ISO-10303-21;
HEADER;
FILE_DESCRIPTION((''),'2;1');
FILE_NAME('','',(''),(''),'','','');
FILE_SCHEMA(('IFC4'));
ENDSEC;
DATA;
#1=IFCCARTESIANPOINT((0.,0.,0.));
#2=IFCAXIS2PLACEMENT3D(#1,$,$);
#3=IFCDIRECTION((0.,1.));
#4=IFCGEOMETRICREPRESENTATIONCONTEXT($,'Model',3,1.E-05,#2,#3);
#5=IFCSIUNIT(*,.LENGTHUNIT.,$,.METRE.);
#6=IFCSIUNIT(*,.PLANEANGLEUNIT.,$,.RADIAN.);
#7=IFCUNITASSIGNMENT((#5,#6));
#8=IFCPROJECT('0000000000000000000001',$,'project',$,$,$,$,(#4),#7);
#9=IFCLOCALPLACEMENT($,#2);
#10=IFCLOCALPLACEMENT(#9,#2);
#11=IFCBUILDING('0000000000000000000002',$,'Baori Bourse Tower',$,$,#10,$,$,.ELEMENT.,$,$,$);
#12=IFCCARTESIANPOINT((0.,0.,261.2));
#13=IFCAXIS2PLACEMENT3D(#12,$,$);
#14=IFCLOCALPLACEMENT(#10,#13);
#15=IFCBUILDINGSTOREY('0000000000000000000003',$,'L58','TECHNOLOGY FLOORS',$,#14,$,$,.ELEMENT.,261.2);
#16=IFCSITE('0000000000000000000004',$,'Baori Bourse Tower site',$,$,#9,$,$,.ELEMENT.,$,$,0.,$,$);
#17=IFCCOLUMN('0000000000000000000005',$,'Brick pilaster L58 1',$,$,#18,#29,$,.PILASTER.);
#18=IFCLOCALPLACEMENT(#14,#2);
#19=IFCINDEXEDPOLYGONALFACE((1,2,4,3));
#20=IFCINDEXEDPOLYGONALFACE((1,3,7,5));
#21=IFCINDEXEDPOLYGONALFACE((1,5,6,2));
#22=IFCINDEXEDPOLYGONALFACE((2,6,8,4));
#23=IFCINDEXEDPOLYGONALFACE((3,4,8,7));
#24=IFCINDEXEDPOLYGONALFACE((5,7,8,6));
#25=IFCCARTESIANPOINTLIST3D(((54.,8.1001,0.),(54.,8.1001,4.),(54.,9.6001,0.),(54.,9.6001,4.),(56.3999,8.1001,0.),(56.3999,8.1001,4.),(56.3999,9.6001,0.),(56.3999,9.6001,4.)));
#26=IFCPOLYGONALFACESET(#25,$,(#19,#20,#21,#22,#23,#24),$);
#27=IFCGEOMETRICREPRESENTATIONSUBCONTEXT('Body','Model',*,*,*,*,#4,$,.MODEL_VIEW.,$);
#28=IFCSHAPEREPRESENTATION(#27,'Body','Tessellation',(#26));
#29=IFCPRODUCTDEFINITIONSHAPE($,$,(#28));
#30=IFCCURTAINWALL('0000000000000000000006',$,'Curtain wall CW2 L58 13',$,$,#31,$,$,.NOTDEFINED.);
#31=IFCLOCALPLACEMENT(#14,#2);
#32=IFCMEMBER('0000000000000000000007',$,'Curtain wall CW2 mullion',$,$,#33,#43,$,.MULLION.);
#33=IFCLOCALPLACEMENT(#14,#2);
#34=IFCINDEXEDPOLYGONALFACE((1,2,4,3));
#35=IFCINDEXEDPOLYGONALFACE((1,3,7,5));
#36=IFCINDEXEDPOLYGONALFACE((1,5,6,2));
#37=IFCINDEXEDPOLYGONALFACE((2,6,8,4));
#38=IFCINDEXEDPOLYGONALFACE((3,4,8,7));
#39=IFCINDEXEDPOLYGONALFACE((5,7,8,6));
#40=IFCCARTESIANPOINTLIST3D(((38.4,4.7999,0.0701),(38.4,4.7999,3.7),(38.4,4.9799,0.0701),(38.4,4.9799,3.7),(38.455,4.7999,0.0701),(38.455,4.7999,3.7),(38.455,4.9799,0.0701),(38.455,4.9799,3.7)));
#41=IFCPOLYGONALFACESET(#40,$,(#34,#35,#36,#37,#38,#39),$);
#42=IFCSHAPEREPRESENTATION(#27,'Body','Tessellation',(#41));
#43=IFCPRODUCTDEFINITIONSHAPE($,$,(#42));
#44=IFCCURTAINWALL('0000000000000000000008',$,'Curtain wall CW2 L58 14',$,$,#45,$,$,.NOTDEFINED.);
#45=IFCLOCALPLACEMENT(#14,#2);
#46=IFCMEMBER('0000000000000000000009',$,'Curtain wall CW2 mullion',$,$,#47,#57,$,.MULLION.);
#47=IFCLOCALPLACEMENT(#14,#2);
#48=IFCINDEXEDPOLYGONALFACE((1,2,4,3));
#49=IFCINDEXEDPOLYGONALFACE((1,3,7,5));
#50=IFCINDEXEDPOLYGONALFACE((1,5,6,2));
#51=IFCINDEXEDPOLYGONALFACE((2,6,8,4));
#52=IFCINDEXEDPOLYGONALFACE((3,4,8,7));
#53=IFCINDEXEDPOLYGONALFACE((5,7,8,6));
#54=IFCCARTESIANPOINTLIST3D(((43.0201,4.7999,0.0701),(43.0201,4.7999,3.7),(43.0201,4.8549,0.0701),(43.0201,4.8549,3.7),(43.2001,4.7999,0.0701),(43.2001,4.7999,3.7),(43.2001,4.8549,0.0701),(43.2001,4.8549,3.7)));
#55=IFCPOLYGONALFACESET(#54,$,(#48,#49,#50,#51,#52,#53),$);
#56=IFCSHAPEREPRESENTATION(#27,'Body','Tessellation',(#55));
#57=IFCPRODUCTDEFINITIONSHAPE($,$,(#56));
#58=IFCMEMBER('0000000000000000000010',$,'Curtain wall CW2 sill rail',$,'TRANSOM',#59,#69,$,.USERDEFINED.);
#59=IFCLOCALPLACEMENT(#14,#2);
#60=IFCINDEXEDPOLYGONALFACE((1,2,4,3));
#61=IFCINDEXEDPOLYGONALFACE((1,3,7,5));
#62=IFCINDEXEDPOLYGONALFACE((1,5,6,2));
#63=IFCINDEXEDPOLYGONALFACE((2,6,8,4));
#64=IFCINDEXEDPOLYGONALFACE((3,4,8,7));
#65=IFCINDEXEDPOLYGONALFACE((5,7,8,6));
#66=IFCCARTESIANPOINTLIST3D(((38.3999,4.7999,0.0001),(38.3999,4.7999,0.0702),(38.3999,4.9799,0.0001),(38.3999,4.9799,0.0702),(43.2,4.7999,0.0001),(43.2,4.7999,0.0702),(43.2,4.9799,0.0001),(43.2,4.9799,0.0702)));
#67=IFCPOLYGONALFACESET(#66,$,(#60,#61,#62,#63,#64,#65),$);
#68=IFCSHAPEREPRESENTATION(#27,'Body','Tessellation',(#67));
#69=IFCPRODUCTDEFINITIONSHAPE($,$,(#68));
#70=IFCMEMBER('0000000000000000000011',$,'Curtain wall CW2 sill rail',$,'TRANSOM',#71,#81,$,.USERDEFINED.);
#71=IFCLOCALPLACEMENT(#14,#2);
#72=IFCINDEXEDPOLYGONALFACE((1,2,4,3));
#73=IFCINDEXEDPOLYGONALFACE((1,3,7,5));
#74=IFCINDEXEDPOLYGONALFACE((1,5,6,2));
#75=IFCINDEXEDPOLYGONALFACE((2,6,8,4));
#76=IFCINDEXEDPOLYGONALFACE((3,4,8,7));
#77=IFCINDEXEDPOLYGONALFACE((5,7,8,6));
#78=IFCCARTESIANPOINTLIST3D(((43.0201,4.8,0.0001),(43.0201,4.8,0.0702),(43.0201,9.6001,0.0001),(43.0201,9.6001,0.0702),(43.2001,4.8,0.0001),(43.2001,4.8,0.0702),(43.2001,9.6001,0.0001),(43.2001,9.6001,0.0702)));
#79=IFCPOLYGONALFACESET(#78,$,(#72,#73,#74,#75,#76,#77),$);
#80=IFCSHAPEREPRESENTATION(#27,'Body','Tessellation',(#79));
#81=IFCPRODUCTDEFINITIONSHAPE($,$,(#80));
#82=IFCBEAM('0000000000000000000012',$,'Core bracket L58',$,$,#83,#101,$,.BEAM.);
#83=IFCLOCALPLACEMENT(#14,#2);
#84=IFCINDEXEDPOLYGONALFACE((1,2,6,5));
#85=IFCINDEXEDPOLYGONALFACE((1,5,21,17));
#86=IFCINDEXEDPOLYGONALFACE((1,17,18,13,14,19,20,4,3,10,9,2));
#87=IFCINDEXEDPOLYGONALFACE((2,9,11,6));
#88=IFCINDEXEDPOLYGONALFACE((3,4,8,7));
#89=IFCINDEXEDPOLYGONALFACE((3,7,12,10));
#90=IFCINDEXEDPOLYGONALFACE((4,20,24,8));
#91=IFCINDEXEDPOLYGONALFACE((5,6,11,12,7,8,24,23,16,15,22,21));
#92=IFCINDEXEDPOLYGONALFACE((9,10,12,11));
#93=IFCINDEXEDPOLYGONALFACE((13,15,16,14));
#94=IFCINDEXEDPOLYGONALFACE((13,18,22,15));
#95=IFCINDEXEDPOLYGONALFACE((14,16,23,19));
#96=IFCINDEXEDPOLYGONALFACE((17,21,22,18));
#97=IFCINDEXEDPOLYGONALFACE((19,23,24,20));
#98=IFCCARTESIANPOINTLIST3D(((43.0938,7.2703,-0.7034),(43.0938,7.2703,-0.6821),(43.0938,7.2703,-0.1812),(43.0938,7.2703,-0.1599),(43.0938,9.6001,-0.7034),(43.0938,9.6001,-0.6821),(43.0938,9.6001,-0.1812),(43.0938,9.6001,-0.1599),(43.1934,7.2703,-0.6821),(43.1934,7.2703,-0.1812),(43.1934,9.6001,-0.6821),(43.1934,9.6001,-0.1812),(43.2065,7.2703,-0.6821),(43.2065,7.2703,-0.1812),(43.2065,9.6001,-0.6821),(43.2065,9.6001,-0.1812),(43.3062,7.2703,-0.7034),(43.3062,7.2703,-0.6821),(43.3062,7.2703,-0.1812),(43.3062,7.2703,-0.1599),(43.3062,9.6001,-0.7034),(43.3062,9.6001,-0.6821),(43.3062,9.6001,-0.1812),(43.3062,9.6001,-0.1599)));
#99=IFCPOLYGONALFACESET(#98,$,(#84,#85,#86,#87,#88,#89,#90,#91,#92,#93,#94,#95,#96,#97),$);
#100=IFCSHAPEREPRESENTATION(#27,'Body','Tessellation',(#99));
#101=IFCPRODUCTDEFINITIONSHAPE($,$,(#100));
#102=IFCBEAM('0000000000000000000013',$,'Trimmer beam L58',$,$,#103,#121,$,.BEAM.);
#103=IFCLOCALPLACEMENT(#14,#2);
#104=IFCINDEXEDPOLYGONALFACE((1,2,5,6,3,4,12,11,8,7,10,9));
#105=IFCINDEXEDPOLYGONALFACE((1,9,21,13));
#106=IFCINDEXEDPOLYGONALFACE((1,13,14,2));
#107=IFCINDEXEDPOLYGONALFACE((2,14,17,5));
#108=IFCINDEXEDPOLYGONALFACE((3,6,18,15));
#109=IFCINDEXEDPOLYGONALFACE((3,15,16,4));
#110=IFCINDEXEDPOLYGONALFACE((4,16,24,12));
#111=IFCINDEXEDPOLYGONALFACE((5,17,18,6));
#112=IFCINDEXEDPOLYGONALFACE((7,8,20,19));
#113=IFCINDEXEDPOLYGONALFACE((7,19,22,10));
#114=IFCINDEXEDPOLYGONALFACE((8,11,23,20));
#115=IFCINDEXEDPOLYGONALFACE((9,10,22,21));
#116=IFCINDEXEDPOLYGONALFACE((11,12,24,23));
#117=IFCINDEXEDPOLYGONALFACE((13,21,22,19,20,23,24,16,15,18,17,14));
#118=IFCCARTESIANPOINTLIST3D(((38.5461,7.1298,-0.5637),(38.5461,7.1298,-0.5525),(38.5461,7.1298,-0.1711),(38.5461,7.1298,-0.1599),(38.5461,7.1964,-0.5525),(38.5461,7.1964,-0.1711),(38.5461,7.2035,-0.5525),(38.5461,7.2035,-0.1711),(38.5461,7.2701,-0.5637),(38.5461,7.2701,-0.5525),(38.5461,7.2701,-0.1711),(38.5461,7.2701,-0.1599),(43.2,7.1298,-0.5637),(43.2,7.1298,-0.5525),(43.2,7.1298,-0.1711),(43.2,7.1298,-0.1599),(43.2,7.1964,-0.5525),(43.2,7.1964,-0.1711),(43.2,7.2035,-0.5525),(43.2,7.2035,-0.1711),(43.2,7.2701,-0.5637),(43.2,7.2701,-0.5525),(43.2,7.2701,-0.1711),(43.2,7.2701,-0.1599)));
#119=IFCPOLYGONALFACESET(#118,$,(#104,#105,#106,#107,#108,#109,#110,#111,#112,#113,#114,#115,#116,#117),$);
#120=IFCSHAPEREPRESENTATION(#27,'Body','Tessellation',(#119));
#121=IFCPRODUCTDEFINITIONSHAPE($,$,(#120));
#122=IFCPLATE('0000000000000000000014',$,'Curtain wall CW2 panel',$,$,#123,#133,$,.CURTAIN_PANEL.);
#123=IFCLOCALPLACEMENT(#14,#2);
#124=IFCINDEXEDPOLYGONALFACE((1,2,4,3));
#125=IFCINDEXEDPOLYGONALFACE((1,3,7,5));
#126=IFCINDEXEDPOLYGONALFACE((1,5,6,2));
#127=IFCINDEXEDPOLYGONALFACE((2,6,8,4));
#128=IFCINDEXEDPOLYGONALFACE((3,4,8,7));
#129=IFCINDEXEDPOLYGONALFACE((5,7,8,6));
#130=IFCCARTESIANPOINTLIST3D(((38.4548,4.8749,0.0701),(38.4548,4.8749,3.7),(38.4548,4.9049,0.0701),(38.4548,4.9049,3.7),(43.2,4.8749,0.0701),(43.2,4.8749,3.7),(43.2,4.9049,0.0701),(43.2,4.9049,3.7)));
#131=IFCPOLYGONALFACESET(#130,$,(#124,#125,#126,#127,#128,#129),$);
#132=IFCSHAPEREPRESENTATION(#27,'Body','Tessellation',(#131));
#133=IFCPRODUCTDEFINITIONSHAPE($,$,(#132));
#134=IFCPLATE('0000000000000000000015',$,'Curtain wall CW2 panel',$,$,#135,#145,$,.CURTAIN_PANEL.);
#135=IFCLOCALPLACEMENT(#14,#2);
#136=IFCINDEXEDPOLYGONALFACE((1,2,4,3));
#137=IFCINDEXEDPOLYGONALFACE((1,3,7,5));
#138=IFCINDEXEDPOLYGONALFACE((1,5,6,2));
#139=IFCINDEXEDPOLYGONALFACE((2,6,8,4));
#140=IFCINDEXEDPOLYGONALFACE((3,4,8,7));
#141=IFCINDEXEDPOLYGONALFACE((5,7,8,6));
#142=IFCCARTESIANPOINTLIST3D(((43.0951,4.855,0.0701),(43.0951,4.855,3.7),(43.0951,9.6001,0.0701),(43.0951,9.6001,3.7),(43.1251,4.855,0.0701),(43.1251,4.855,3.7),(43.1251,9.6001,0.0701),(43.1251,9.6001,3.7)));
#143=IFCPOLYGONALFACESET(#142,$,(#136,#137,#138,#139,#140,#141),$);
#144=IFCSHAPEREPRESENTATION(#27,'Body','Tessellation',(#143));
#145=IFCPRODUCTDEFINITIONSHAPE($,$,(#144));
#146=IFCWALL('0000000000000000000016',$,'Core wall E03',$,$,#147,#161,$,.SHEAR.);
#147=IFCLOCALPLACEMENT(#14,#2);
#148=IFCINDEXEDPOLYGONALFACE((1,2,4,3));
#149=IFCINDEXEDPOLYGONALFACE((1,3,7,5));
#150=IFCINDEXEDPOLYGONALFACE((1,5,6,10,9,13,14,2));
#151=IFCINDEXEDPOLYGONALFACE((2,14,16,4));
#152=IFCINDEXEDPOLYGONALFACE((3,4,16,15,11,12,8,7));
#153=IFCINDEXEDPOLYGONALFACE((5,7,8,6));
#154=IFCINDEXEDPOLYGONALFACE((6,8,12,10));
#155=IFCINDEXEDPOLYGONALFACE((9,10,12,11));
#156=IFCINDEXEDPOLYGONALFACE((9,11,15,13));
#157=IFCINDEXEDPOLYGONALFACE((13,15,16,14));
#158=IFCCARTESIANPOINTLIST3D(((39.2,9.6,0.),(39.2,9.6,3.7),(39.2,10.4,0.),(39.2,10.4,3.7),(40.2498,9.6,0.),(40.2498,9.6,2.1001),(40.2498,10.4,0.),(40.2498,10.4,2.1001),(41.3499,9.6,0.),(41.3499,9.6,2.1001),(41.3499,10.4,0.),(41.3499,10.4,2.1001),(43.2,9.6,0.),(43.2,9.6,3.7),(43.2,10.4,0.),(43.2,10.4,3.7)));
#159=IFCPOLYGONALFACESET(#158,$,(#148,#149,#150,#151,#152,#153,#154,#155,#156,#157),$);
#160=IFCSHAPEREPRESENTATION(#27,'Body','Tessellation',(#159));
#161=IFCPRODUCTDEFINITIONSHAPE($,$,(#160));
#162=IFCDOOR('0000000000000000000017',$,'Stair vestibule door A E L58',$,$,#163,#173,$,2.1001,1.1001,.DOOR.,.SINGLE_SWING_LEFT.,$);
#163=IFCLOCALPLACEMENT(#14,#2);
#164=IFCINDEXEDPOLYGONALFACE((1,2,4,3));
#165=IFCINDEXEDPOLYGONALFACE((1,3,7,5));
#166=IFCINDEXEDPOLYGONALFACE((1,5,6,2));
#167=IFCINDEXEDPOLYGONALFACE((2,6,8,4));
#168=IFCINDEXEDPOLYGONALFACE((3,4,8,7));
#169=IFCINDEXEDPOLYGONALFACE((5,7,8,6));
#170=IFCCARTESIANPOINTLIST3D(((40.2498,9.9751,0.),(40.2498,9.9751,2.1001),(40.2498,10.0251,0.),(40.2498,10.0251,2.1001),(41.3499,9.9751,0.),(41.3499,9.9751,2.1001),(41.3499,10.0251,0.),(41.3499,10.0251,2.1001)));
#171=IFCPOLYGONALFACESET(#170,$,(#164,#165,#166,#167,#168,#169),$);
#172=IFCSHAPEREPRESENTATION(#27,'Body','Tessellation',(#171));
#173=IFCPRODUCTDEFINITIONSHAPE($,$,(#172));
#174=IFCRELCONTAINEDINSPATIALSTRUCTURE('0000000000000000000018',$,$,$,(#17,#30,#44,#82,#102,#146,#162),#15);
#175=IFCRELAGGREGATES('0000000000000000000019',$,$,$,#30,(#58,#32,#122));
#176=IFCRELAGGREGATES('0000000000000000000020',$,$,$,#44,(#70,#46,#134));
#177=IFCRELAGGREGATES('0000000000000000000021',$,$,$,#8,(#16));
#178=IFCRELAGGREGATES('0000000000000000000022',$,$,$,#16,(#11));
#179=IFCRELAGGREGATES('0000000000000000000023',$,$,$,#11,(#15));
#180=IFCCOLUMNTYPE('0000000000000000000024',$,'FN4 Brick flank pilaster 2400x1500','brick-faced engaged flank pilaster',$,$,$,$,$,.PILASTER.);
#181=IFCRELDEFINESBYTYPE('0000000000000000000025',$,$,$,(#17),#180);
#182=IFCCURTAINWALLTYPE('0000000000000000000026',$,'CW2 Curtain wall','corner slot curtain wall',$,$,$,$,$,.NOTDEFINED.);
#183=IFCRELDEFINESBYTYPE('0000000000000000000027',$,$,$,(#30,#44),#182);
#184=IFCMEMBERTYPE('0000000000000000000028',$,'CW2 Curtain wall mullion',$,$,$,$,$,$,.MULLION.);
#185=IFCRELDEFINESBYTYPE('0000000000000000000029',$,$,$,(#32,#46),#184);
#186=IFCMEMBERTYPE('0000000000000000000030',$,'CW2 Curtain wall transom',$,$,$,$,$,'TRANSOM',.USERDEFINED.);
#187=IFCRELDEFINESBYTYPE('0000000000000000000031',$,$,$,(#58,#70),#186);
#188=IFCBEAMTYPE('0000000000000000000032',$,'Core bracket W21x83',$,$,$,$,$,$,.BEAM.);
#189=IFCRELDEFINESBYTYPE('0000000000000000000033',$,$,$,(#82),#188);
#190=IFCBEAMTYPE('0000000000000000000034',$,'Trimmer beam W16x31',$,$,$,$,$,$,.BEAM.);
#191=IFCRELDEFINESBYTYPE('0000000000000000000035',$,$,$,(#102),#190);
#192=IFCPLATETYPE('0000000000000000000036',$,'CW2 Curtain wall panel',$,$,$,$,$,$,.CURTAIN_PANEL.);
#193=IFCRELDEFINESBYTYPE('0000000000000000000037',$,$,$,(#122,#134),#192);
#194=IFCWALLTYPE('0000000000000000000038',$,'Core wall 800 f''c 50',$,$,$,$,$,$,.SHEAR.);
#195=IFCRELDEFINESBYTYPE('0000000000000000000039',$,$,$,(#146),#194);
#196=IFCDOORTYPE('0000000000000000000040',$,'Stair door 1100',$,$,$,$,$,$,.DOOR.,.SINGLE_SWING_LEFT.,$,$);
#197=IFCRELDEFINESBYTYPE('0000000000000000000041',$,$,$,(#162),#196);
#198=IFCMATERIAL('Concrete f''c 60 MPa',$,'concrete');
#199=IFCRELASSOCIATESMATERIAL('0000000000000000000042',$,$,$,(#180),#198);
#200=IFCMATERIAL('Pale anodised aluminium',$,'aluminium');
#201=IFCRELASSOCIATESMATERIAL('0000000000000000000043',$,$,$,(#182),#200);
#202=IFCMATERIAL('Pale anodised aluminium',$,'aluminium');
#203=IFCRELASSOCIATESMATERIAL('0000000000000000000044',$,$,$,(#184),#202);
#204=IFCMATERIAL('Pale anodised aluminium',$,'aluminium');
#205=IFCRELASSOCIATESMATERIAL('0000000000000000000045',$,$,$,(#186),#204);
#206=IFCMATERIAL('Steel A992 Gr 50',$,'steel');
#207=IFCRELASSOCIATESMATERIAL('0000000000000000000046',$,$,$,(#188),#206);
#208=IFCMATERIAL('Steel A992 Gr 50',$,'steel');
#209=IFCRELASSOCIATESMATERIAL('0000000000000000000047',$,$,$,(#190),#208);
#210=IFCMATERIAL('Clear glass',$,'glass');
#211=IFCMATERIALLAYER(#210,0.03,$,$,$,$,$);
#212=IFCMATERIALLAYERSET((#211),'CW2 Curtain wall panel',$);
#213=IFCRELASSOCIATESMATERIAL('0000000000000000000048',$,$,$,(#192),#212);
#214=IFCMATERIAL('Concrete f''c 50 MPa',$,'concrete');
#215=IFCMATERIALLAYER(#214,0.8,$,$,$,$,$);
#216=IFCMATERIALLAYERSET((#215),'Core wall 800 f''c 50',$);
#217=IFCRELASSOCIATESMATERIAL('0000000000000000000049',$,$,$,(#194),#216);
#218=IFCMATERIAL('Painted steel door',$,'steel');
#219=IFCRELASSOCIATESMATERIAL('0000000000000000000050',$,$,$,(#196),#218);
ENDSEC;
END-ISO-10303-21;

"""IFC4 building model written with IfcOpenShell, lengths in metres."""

from ifc_helpers import new_model, si_unit, direction, frame, frame_2d, origin, origin_2d, place, context, subcontext, project, spatial, rectangle, i_section, extrude, material, layer, layer_set, material_profile, profile_set, type_object, element, fill, aggregate, save


model = new_model("IFC4")

# Units and contexts
model_context = context("Model", 3, precision=1e-05, world=origin(), true_north=direction((0.0, 1.0)))
body_context = subcontext(model_context, "Body", "Model", "MODEL_VIEW")
ifc_project = project(units=[si_unit("LENGTHUNIT", "METRE"), si_unit("PLANEANGLEUNIT", "RADIAN")], contexts=[model_context])

# Site, building, storey
site_placement = place(None, origin())
site = spatial("IfcSite", under=ifc_project, at=site_placement, Name="Baori Bourse Tower site", CompositionType="ELEMENT", RefElevation=0.0)
building_placement = place(site_placement, origin())
building = spatial("IfcBuilding", under=site, at=building_placement, Name="Baori Bourse Tower", CompositionType="ELEMENT")
storey_placement = place(building_placement, frame((0.0, 0.0, 261.2)))
storey = spatial("IfcBuildingStorey", under=building, at=storey_placement, Name="L58", Description="TECHNOLOGY FLOORS", CompositionType="ELEMENT", Elevation=261.2)

# Column
ifc_material_1 = material(Name="Concrete f'c 60 MPa", Category="concrete")
ifc_material_profile_1 = material_profile(ifc_material_1, rectangle(XDim=2.3999, YDim=1.5, at=origin_2d()), Name="RC 2400x1500")
ifc_profile_set_1 = profile_set([ifc_material_profile_1], Name="Concrete f'c 60 MPa")
column_type = type_object("IfcColumnType", Name="FN4 Brick flank pilaster 2400x1500", Description="brick-faced engaged flank pilaster", PredefinedType="PILASTER", material=ifc_profile_set_1)
column_placement = place(storey_placement, frame((55.2, 8.8501, 0.0), z_axis=(0.0, 0.0, 1.0), x_axis=(1.0, 0.0, 0.0)))
element("IfcColumn", 1, at=column_placement, inside=storey, type_object=column_type, Name="Brick pilaster L58 1", PredefinedType="PILASTER", context=body_context, shape_type="SweptSolid", body=[
    extrude(rectangle(XDim=2.3999, YDim=1.5, at=origin_2d()), origin(), (0.0, 0.0, 1.0), 4.0),
])

# Curtain walls, members
ifc_material_2 = material(Name="Pale anodised aluminium", Category="aluminium")
curtain_wall_type = type_object("IfcCurtainWallType", Name="CW2 Curtain wall", Description="corner slot curtain wall", PredefinedType="NOTDEFINED", material=ifc_material_2)
curtain_wall_1_placement = place(storey_placement, origin())
curtain_wall_1 = element("IfcCurtainWall", 2, at=curtain_wall_1_placement, inside=storey, type_object=curtain_wall_type, Name="Curtain wall CW2 L58 13", PredefinedType="NOTDEFINED")
ifc_material_3 = material(Name="Pale anodised aluminium", Category="aluminium")
ifc_material_profile_2 = material_profile(ifc_material_3, rectangle(XDim=0.1799, YDim=0.0549, at=origin_2d()), Name="Mullion 55x180")
ifc_profile_set_2 = profile_set([ifc_material_profile_2], Name="Pale anodised aluminium")
member_type_1 = type_object("IfcMemberType", Name="CW2 Curtain wall mullion", PredefinedType="MULLION", material=ifc_profile_set_2)
member_1_placement = place(storey_placement, frame((38.4275, 4.8899, 0.0701), z_axis=(0.0, 0.0, 1.0), x_axis=(0.0, 1.0, 0.0)))
member_1 = element("IfcMember", 3, at=member_1_placement, type_object=member_type_1, Name="Curtain wall CW2 mullion", PredefinedType="MULLION", context=body_context, shape_type="SweptSolid", body=[
    extrude(rectangle(XDim=0.1799, YDim=0.0549, at=origin_2d()), origin(), (0.0, 0.0, 1.0), 3.6299),
])
curtain_wall_2_placement = place(storey_placement, origin())
curtain_wall_2 = element("IfcCurtainWall", 4, at=curtain_wall_2_placement, inside=storey, type_object=curtain_wall_type, Name="Curtain wall CW2 L58 14", PredefinedType="NOTDEFINED")
member_2_placement = place(storey_placement, frame((43.1101, 4.8274, 0.0701), z_axis=(0.0, 0.0, 1.0), x_axis=(-1.0, 0.0, 0.0)))
member_2 = element("IfcMember", 5, at=member_2_placement, type_object=member_type_1, Name="Curtain wall CW2 mullion", PredefinedType="MULLION", context=body_context, shape_type="SweptSolid", body=[
    extrude(rectangle(XDim=0.1799, YDim=0.0549, at=origin_2d()), origin(), (0.0, 0.0, 1.0), 3.6299),
])

# Members
ifc_material_4 = material(Name="Pale anodised aluminium", Category="aluminium")
ifc_material_profile_3 = material_profile(ifc_material_4, rectangle(XDim=0.1799, YDim=0.0701, at=origin_2d()), Name="Transom 70x180")
ifc_profile_set_3 = profile_set([ifc_material_profile_3], Name="Pale anodised aluminium")
member_type_2 = type_object("IfcMemberType", Name="CW2 Curtain wall transom", ElementType="TRANSOM", PredefinedType="USERDEFINED", material=ifc_profile_set_3)
member_3_placement = place(storey_placement, frame((38.3999, 4.8899, 0.0352), z_axis=(1.0, 0.0, 0.0), x_axis=(0.0, 1.0, 0.0)))
member_3 = element("IfcMember", 6, at=member_3_placement, type_object=member_type_2, Name="Curtain wall CW2 sill rail", ObjectType="TRANSOM", PredefinedType="USERDEFINED", context=body_context, shape_type="SweptSolid", body=[
    extrude(rectangle(XDim=0.1799, YDim=0.0701, at=origin_2d()), origin(), (0.0, 0.0, 1.0), 4.8),
])
member_4_placement = place(storey_placement, frame((43.1101, 4.8, 0.0352), z_axis=(0.0, 1.0, 0.0), x_axis=(-1.0, 0.0, 0.0)))
member_4 = element("IfcMember", 7, at=member_4_placement, type_object=member_type_2, Name="Curtain wall CW2 sill rail", ObjectType="TRANSOM", PredefinedType="USERDEFINED", context=body_context, shape_type="SweptSolid", body=[
    extrude(rectangle(XDim=0.1799, YDim=0.0701, at=origin_2d()), origin(), (0.0, 0.0, 1.0), 4.8),
])

# Beams
ifc_material_5 = material(Name="Steel A992 Gr 50", Category="steel")
ifc_material_profile_4 = material_profile(ifc_material_5, i_section(OverallWidth=0.2124, OverallDepth=0.5435, WebThickness=0.0132, FlangeThickness=0.0212, at=origin_2d()), Name="W21x83")
ifc_profile_set_4 = profile_set([ifc_material_profile_4], Name="Steel A992 Gr 50")
beam_type_1 = type_object("IfcBeamType", Name="Core bracket W21x83", PredefinedType="BEAM", material=ifc_profile_set_4)
beam_1_placement = place(storey_placement, frame((43.2, 7.2703, -0.4316), z_axis=(0.0, 1.0, 0.0), x_axis=(-1.0, 0.0, 0.0)))
element("IfcBeam", 8, at=beam_1_placement, inside=storey, type_object=beam_type_1, Name="Core bracket L58", PredefinedType="BEAM", context=body_context, shape_type="SweptSolid", body=[
    extrude(i_section(OverallWidth=0.2124, OverallDepth=0.5435, WebThickness=0.0132, FlangeThickness=0.0212, at=origin_2d()), origin(), (0.0, 0.0, 1.0), 2.3298),
])
ifc_material_6 = material(Name="Steel A992 Gr 50", Category="steel")
ifc_material_profile_5 = material_profile(ifc_material_6, i_section(OverallWidth=0.1404, OverallDepth=0.4038, WebThickness=0.0071, FlangeThickness=0.0112, at=origin_2d()), Name="W16x31")
ifc_profile_set_5 = profile_set([ifc_material_profile_5], Name="Steel A992 Gr 50")
beam_type_2 = type_object("IfcBeamType", Name="Trimmer beam W16x31", PredefinedType="BEAM", material=ifc_profile_set_5)
beam_2_placement = place(storey_placement, frame((38.5461, 7.2, -0.3618), z_axis=(1.0, 0.0, 0.0), x_axis=(0.0, 1.0, 0.0)))
element("IfcBeam", 9, at=beam_2_placement, inside=storey, type_object=beam_type_2, Name="Trimmer beam L58", PredefinedType="BEAM", context=body_context, shape_type="SweptSolid", body=[
    extrude(i_section(OverallWidth=0.1404, OverallDepth=0.4038, WebThickness=0.0071, FlangeThickness=0.0112, at=origin_2d()), origin(), (0.0, 0.0, 1.0), 4.6538),
])

# Plates
ifc_material_7 = material(Name="Clear glass", Category="glass")
ifc_layer_1 = layer(ifc_material_7, 0.03)
ifc_layer_set_1 = layer_set([ifc_layer_1], Name="CW2 Curtain wall panel")
plate_type = type_object("IfcPlateType", Name="CW2 Curtain wall panel", PredefinedType="CURTAIN_PANEL", material=ifc_layer_set_1)
plate_1_placement = place(storey_placement, frame((40.8274, 4.8899, 0.0701), z_axis=(0.0, 0.0, 1.0), x_axis=(1.0, 0.0, 0.0)))
plate_1 = element("IfcPlate", 10, at=plate_1_placement, type_object=plate_type, Name="Curtain wall CW2 panel", PredefinedType="CURTAIN_PANEL", context=body_context, shape_type="SweptSolid", body=[
    extrude(rectangle(XDim=4.7451, YDim=0.03, at=origin_2d()), origin(), (0.0, 0.0, 1.0), 3.6299),
])
aggregate(curtain_wall_1, [member_3, member_1, plate_1])
plate_2_placement = place(storey_placement, frame((43.1101, 7.2275, 0.0701), z_axis=(0.0, 0.0, 1.0), x_axis=(0.0, 1.0, 0.0)))
plate_2 = element("IfcPlate", 11, at=plate_2_placement, type_object=plate_type, Name="Curtain wall CW2 panel", PredefinedType="CURTAIN_PANEL", context=body_context, shape_type="SweptSolid", body=[
    extrude(rectangle(XDim=4.7451, YDim=0.03, at=origin_2d()), origin(), (0.0, 0.0, 1.0), 3.6299),
])
aggregate(curtain_wall_2, [member_4, member_2, plate_2])

# Wall, opening, door
ifc_material_8 = material(Name="Concrete f'c 50 MPa", Category="concrete")
ifc_layer_2 = layer(ifc_material_8, 0.8)
ifc_layer_set_2 = layer_set([ifc_layer_2], Name="Core wall 800 f'c 50")
wall_type_1 = type_object("IfcWallType", Name="Core wall 800 f'c 50", PredefinedType="SHEAR", material=ifc_layer_set_2)
wall_1_placement = place(storey_placement, frame((43.2, 10.0, 0.0), z_axis=(0.0, 0.0, 1.0), x_axis=(-1.0, 0.0, 0.0)))
wall_1 = element("IfcWall", 12, at=wall_1_placement, inside=storey, type_object=wall_type_1, Name="Core wall E03", PredefinedType="SHEAR", context=body_context, shape_type="SweptSolid", body=[
    extrude(rectangle(XDim=4.0, YDim=0.8, at=frame_2d((2.0, 0.0))), origin(), (0.0, 0.0, 1.0), 3.7),
])
opening_1_placement = place(wall_1_placement, frame((1.8501, 0.0, 0.0)))
opening_1 = element("IfcOpeningElement", 13, at=opening_1_placement, cuts=wall_1, PredefinedType="OPENING", context=body_context, shape_type="SweptSolid", body=[
    extrude(rectangle(XDim=1.1001, YDim=2.1001, at=frame_2d((0.55, 1.05))), frame((0.0, 0.4099, 0.0), z_axis=(0.0, -1.0, 0.0), x_axis=(1.0, 0.0, 0.0)), (0.0, 0.0, 1.0), 0.8201),
])
ifc_material_9 = material(Name="Painted steel door", Category="steel")
door_type_1 = type_object("IfcDoorType", Name="Stair door 1100", OperationType="SINGLE_SWING_LEFT", PredefinedType="DOOR", material=ifc_material_9)
door_1_placement = place(opening_1_placement, origin())
door_1 = element("IfcDoor", 14, at=door_1_placement, inside=storey, type_object=door_type_1, Name="Stair vestibule door A E L58", OperationType="SINGLE_SWING_LEFT", OverallHeight=2.1001, OverallWidth=1.1001, PredefinedType="DOOR", context=body_context, shape_type="SweptSolid", body=[
    extrude(rectangle(XDim=1.1001, YDim=2.1001, at=frame_2d((0.55, 1.05))), frame((0.0, 0.0249, 0.0), z_axis=(0.0, -1.0, 0.0), x_axis=(1.0, 0.0, 0.0)), (0.0, 0.0, 1.0), 0.05),
])
fill(opening_1, door_1)

save(model, "model.ifc")
